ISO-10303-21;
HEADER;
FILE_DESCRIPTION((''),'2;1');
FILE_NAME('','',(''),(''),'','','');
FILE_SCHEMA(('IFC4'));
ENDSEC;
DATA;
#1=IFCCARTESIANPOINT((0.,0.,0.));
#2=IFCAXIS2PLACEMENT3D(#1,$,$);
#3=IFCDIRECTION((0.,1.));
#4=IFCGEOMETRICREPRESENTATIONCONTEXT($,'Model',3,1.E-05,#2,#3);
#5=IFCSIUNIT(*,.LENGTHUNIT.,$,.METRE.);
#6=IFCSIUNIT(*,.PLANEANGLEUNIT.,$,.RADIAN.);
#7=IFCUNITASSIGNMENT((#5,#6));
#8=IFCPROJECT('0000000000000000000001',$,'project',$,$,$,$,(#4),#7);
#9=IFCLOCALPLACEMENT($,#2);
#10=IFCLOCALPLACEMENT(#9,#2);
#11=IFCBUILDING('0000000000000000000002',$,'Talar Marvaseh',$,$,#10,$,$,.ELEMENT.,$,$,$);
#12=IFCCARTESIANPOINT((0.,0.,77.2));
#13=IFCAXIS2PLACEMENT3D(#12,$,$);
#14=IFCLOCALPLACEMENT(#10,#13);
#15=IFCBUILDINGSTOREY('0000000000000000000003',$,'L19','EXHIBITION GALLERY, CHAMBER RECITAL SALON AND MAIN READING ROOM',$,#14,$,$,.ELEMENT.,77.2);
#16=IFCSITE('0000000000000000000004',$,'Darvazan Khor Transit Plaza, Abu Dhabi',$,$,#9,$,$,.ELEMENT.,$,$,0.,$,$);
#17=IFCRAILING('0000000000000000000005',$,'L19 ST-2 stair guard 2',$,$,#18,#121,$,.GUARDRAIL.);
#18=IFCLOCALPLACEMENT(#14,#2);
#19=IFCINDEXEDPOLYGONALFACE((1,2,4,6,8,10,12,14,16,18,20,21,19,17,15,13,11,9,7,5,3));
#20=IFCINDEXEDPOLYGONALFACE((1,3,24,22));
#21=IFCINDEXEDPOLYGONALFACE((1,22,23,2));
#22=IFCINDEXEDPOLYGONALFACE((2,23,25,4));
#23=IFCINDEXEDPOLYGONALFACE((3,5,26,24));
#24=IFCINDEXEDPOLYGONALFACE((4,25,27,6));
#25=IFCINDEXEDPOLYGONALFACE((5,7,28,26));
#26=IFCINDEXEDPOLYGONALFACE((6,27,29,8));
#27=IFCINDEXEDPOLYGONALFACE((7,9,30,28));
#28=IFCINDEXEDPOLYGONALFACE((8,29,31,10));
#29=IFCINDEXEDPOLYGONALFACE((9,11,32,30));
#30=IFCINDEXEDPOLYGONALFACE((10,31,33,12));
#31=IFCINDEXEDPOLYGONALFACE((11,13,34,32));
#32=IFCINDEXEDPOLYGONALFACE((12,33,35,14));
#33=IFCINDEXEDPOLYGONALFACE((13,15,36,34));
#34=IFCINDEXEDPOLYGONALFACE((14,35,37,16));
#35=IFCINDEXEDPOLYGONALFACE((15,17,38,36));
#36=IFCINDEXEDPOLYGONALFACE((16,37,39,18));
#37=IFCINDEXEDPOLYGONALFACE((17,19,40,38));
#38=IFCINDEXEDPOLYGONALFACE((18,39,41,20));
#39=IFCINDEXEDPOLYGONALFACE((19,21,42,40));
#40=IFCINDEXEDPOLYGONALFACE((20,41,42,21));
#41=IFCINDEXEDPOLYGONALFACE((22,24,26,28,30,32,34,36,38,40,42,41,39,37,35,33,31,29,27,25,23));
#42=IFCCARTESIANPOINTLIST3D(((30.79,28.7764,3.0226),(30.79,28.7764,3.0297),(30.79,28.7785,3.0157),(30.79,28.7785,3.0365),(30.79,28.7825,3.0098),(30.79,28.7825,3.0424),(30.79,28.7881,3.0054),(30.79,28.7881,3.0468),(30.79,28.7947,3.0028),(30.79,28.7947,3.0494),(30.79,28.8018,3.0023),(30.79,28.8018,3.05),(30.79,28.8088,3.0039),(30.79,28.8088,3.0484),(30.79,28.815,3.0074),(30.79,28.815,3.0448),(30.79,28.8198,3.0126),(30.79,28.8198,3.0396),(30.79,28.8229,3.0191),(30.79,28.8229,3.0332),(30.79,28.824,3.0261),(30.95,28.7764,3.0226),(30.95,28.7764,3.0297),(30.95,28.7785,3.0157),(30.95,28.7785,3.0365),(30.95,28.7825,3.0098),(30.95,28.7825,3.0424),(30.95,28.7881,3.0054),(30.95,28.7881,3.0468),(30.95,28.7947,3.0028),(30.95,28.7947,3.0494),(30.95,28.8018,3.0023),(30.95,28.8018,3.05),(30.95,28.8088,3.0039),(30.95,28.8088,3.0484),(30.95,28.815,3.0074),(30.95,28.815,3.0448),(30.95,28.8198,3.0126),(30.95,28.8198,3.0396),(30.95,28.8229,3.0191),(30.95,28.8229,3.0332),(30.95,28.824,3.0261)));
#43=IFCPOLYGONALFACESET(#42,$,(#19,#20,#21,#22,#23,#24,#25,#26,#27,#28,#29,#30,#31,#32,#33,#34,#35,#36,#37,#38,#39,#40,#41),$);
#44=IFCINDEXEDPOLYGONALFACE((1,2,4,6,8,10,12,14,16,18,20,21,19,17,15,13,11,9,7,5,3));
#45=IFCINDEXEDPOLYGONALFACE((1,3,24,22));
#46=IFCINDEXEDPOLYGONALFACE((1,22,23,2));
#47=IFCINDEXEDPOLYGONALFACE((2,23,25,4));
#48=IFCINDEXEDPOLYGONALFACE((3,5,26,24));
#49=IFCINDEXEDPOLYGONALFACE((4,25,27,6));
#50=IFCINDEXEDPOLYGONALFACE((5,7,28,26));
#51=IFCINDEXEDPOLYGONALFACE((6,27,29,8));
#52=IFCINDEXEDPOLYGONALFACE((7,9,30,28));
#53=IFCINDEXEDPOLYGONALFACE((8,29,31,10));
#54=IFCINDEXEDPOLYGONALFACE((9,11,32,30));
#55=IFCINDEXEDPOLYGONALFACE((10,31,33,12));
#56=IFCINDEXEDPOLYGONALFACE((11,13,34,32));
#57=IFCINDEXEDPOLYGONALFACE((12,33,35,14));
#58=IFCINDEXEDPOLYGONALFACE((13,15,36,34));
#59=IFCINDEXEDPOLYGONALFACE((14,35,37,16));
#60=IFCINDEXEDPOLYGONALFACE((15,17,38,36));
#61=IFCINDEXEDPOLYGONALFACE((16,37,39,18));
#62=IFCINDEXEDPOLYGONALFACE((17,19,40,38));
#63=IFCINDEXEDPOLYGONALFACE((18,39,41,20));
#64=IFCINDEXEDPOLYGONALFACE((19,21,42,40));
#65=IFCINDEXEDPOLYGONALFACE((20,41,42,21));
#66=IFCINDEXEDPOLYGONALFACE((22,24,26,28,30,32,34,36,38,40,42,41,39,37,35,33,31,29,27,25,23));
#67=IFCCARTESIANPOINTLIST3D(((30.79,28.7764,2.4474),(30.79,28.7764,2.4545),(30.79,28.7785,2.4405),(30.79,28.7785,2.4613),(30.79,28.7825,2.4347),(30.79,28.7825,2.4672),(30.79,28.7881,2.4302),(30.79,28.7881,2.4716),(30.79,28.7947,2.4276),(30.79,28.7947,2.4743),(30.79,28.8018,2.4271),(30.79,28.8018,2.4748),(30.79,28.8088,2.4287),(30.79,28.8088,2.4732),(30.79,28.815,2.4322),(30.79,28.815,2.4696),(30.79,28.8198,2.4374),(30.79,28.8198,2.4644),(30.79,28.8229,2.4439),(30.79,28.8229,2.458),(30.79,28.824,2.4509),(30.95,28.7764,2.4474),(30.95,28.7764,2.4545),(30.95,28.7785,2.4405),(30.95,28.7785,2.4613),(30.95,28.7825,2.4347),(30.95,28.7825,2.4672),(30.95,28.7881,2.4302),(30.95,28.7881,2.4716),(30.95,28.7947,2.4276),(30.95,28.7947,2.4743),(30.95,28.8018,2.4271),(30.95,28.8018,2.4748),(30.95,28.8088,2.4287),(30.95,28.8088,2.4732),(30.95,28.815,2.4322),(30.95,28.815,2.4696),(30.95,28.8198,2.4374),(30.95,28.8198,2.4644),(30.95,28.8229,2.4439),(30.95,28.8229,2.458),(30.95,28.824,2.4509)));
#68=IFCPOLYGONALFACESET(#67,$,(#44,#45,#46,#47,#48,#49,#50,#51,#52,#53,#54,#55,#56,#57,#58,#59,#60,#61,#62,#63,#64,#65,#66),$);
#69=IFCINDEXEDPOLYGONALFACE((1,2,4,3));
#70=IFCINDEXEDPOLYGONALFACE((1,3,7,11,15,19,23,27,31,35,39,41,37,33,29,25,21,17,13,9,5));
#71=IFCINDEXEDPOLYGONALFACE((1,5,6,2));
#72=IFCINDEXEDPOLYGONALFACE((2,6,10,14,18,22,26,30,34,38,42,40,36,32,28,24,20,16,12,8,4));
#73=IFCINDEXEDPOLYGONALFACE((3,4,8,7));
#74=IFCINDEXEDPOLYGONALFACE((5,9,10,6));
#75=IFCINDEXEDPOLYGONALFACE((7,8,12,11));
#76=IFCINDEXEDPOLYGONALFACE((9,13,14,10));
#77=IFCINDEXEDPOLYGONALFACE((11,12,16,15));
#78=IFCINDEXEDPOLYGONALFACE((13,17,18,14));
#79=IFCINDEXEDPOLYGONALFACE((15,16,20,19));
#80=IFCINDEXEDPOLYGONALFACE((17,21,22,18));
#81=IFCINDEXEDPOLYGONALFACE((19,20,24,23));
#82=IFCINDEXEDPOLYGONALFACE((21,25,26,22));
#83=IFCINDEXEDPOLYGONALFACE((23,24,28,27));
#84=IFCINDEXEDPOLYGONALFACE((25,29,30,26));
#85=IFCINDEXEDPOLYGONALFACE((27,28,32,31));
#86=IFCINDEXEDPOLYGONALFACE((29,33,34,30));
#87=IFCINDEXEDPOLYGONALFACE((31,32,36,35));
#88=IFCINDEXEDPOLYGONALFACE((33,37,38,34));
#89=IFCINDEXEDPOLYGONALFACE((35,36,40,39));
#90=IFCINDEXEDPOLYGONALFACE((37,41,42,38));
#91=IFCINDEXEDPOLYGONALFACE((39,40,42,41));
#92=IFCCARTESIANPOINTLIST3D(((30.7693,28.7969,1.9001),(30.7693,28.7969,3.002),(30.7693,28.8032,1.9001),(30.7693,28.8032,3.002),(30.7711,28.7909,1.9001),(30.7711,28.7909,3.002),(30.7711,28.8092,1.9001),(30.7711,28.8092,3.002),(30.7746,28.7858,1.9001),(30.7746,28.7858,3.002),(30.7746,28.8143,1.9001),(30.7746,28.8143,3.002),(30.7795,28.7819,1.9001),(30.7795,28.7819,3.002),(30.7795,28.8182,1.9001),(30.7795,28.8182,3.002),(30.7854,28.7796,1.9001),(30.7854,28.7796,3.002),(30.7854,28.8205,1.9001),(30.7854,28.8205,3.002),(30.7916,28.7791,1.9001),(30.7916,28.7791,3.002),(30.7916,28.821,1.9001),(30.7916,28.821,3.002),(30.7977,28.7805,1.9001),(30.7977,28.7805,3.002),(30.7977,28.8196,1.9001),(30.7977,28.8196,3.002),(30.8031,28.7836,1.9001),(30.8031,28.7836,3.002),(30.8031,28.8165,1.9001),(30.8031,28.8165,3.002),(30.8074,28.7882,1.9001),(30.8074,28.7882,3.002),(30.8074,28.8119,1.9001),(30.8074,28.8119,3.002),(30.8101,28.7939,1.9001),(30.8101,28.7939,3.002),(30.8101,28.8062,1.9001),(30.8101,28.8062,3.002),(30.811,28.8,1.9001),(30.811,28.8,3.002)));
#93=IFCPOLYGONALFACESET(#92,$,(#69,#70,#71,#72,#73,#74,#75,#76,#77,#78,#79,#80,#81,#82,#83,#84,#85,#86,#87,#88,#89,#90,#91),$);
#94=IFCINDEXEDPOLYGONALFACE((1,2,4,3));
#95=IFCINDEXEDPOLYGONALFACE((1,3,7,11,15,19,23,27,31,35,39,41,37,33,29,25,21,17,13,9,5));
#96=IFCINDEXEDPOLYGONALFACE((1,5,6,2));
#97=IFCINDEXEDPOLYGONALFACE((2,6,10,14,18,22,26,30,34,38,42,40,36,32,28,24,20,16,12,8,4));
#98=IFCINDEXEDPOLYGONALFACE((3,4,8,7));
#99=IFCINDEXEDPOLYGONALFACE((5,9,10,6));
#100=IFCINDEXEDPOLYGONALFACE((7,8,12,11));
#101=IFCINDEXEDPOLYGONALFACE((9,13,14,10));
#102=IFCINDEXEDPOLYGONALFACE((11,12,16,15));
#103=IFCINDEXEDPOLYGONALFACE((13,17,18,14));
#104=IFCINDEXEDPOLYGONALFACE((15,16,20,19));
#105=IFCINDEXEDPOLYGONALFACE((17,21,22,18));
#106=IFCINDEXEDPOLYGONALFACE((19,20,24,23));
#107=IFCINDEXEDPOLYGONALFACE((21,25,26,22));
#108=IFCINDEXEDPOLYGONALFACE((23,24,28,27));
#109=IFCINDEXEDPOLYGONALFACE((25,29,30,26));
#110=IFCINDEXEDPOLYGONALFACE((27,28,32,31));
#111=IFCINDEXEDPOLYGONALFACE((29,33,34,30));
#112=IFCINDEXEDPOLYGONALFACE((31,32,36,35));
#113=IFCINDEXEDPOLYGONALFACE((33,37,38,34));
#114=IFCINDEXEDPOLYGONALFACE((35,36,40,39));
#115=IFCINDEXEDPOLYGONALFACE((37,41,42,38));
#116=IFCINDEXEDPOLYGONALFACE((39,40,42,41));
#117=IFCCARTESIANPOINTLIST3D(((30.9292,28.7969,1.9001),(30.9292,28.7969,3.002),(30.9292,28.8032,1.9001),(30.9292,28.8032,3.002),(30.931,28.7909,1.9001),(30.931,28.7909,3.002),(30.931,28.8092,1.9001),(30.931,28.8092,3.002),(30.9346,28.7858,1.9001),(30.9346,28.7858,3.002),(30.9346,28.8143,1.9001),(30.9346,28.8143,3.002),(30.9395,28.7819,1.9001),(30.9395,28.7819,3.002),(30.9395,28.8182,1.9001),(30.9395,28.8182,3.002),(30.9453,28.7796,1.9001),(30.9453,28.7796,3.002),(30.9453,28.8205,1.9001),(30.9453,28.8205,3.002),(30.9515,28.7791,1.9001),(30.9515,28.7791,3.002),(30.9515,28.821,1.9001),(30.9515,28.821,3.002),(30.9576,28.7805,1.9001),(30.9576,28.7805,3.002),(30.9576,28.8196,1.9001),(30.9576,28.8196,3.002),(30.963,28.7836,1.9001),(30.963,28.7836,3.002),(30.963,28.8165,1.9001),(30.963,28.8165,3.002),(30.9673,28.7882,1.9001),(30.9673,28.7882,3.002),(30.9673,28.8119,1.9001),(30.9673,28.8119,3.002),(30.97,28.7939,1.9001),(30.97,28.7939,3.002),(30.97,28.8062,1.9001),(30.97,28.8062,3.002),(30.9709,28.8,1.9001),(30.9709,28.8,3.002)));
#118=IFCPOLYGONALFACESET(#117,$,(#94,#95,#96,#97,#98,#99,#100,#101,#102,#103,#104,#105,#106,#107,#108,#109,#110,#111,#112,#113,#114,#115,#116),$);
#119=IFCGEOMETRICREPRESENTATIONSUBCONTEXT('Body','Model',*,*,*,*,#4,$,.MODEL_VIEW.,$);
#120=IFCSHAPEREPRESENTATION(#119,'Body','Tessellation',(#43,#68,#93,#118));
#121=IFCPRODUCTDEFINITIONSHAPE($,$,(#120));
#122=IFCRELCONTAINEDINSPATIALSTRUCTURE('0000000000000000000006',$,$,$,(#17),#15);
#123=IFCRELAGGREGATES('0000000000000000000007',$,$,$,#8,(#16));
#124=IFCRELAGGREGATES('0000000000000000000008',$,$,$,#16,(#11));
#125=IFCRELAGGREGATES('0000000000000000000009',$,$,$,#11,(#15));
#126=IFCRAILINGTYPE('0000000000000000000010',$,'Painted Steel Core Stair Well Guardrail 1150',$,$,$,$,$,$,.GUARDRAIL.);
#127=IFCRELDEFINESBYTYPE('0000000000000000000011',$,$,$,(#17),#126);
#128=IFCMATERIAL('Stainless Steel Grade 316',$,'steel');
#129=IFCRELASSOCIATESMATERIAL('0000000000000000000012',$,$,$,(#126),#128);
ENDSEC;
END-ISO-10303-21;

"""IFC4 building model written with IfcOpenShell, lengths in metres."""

from ifc_helpers import new_model, si_unit, direction, frame, origin, origin_2d, place, context, subcontext, project, spatial, circle, extrude, material, type_object, element, save


model = new_model("IFC4")

# Units and contexts
model_context = context("Model", 3, precision=1e-05, world=origin(), true_north=direction((0.0, 1.0)))
body_context = subcontext(model_context, "Body", "Model", "MODEL_VIEW")
ifc_project = project(units=[si_unit("LENGTHUNIT", "METRE"), si_unit("PLANEANGLEUNIT", "RADIAN")], contexts=[model_context])

# Site, building, storey
site_placement = place(None, origin())
site = spatial("IfcSite", under=ifc_project, at=site_placement, Name="Darvazan Khor Transit Plaza, Abu Dhabi", CompositionType="ELEMENT", RefElevation=0.0)
building_placement = place(site_placement, origin())
building = spatial("IfcBuilding", under=site, at=building_placement, Name="Talar Marvaseh", CompositionType="ELEMENT")
storey_placement = place(building_placement, frame((0.0, 0.0, 77.2)))
storey = spatial("IfcBuildingStorey", under=building, at=storey_placement, Name="L19", Description="EXHIBITION GALLERY, CHAMBER RECITAL SALON AND MAIN READING ROOM", CompositionType="ELEMENT", Elevation=77.2)

# Railing
ifc_material_1 = material(Name="Stainless Steel Grade 316", Category="steel")
railing_type_1 = type_object("IfcRailingType", Name="Painted Steel Core Stair Well Guardrail 1150", PredefinedType="GUARDRAIL", material=ifc_material_1)
railing_1_placement = place(storey_placement, frame((30.79, 28.8, 1.9001)))
element("IfcRailing", 1, at=railing_1_placement, inside=storey, type_object=railing_type_1, Name="L19 ST-2 stair guard 2", PredefinedType="GUARDRAIL", context=body_context, shape_type="SweptSolid", body=[
    extrude(circle(Radius=0.0239, at=origin_2d()), frame((0.0, 0.0, 1.126), z_axis=(1.0, 0.0, 0.0), x_axis=(0.0, 1.0, 0.0)), (0.0, 0.0, 1.0), 0.1599),
    extrude(circle(Radius=0.0239, at=origin_2d()), frame((0.0, 0.0, 0.5508), z_axis=(1.0, 0.0, 0.0), x_axis=(0.0, 1.0, 0.0)), (0.0, 0.0, 1.0), 0.1599),
    extrude(circle(Radius=0.021, at=origin_2d()), origin(), (0.0, 0.0, 1.0), 1.1018),
    extrude(circle(Radius=0.021, at=origin_2d()), frame((0.1599, 0.0, 0.0)), (0.0, 0.0, 1.0), 1.1018),
])

save(model, "model.ifc")
